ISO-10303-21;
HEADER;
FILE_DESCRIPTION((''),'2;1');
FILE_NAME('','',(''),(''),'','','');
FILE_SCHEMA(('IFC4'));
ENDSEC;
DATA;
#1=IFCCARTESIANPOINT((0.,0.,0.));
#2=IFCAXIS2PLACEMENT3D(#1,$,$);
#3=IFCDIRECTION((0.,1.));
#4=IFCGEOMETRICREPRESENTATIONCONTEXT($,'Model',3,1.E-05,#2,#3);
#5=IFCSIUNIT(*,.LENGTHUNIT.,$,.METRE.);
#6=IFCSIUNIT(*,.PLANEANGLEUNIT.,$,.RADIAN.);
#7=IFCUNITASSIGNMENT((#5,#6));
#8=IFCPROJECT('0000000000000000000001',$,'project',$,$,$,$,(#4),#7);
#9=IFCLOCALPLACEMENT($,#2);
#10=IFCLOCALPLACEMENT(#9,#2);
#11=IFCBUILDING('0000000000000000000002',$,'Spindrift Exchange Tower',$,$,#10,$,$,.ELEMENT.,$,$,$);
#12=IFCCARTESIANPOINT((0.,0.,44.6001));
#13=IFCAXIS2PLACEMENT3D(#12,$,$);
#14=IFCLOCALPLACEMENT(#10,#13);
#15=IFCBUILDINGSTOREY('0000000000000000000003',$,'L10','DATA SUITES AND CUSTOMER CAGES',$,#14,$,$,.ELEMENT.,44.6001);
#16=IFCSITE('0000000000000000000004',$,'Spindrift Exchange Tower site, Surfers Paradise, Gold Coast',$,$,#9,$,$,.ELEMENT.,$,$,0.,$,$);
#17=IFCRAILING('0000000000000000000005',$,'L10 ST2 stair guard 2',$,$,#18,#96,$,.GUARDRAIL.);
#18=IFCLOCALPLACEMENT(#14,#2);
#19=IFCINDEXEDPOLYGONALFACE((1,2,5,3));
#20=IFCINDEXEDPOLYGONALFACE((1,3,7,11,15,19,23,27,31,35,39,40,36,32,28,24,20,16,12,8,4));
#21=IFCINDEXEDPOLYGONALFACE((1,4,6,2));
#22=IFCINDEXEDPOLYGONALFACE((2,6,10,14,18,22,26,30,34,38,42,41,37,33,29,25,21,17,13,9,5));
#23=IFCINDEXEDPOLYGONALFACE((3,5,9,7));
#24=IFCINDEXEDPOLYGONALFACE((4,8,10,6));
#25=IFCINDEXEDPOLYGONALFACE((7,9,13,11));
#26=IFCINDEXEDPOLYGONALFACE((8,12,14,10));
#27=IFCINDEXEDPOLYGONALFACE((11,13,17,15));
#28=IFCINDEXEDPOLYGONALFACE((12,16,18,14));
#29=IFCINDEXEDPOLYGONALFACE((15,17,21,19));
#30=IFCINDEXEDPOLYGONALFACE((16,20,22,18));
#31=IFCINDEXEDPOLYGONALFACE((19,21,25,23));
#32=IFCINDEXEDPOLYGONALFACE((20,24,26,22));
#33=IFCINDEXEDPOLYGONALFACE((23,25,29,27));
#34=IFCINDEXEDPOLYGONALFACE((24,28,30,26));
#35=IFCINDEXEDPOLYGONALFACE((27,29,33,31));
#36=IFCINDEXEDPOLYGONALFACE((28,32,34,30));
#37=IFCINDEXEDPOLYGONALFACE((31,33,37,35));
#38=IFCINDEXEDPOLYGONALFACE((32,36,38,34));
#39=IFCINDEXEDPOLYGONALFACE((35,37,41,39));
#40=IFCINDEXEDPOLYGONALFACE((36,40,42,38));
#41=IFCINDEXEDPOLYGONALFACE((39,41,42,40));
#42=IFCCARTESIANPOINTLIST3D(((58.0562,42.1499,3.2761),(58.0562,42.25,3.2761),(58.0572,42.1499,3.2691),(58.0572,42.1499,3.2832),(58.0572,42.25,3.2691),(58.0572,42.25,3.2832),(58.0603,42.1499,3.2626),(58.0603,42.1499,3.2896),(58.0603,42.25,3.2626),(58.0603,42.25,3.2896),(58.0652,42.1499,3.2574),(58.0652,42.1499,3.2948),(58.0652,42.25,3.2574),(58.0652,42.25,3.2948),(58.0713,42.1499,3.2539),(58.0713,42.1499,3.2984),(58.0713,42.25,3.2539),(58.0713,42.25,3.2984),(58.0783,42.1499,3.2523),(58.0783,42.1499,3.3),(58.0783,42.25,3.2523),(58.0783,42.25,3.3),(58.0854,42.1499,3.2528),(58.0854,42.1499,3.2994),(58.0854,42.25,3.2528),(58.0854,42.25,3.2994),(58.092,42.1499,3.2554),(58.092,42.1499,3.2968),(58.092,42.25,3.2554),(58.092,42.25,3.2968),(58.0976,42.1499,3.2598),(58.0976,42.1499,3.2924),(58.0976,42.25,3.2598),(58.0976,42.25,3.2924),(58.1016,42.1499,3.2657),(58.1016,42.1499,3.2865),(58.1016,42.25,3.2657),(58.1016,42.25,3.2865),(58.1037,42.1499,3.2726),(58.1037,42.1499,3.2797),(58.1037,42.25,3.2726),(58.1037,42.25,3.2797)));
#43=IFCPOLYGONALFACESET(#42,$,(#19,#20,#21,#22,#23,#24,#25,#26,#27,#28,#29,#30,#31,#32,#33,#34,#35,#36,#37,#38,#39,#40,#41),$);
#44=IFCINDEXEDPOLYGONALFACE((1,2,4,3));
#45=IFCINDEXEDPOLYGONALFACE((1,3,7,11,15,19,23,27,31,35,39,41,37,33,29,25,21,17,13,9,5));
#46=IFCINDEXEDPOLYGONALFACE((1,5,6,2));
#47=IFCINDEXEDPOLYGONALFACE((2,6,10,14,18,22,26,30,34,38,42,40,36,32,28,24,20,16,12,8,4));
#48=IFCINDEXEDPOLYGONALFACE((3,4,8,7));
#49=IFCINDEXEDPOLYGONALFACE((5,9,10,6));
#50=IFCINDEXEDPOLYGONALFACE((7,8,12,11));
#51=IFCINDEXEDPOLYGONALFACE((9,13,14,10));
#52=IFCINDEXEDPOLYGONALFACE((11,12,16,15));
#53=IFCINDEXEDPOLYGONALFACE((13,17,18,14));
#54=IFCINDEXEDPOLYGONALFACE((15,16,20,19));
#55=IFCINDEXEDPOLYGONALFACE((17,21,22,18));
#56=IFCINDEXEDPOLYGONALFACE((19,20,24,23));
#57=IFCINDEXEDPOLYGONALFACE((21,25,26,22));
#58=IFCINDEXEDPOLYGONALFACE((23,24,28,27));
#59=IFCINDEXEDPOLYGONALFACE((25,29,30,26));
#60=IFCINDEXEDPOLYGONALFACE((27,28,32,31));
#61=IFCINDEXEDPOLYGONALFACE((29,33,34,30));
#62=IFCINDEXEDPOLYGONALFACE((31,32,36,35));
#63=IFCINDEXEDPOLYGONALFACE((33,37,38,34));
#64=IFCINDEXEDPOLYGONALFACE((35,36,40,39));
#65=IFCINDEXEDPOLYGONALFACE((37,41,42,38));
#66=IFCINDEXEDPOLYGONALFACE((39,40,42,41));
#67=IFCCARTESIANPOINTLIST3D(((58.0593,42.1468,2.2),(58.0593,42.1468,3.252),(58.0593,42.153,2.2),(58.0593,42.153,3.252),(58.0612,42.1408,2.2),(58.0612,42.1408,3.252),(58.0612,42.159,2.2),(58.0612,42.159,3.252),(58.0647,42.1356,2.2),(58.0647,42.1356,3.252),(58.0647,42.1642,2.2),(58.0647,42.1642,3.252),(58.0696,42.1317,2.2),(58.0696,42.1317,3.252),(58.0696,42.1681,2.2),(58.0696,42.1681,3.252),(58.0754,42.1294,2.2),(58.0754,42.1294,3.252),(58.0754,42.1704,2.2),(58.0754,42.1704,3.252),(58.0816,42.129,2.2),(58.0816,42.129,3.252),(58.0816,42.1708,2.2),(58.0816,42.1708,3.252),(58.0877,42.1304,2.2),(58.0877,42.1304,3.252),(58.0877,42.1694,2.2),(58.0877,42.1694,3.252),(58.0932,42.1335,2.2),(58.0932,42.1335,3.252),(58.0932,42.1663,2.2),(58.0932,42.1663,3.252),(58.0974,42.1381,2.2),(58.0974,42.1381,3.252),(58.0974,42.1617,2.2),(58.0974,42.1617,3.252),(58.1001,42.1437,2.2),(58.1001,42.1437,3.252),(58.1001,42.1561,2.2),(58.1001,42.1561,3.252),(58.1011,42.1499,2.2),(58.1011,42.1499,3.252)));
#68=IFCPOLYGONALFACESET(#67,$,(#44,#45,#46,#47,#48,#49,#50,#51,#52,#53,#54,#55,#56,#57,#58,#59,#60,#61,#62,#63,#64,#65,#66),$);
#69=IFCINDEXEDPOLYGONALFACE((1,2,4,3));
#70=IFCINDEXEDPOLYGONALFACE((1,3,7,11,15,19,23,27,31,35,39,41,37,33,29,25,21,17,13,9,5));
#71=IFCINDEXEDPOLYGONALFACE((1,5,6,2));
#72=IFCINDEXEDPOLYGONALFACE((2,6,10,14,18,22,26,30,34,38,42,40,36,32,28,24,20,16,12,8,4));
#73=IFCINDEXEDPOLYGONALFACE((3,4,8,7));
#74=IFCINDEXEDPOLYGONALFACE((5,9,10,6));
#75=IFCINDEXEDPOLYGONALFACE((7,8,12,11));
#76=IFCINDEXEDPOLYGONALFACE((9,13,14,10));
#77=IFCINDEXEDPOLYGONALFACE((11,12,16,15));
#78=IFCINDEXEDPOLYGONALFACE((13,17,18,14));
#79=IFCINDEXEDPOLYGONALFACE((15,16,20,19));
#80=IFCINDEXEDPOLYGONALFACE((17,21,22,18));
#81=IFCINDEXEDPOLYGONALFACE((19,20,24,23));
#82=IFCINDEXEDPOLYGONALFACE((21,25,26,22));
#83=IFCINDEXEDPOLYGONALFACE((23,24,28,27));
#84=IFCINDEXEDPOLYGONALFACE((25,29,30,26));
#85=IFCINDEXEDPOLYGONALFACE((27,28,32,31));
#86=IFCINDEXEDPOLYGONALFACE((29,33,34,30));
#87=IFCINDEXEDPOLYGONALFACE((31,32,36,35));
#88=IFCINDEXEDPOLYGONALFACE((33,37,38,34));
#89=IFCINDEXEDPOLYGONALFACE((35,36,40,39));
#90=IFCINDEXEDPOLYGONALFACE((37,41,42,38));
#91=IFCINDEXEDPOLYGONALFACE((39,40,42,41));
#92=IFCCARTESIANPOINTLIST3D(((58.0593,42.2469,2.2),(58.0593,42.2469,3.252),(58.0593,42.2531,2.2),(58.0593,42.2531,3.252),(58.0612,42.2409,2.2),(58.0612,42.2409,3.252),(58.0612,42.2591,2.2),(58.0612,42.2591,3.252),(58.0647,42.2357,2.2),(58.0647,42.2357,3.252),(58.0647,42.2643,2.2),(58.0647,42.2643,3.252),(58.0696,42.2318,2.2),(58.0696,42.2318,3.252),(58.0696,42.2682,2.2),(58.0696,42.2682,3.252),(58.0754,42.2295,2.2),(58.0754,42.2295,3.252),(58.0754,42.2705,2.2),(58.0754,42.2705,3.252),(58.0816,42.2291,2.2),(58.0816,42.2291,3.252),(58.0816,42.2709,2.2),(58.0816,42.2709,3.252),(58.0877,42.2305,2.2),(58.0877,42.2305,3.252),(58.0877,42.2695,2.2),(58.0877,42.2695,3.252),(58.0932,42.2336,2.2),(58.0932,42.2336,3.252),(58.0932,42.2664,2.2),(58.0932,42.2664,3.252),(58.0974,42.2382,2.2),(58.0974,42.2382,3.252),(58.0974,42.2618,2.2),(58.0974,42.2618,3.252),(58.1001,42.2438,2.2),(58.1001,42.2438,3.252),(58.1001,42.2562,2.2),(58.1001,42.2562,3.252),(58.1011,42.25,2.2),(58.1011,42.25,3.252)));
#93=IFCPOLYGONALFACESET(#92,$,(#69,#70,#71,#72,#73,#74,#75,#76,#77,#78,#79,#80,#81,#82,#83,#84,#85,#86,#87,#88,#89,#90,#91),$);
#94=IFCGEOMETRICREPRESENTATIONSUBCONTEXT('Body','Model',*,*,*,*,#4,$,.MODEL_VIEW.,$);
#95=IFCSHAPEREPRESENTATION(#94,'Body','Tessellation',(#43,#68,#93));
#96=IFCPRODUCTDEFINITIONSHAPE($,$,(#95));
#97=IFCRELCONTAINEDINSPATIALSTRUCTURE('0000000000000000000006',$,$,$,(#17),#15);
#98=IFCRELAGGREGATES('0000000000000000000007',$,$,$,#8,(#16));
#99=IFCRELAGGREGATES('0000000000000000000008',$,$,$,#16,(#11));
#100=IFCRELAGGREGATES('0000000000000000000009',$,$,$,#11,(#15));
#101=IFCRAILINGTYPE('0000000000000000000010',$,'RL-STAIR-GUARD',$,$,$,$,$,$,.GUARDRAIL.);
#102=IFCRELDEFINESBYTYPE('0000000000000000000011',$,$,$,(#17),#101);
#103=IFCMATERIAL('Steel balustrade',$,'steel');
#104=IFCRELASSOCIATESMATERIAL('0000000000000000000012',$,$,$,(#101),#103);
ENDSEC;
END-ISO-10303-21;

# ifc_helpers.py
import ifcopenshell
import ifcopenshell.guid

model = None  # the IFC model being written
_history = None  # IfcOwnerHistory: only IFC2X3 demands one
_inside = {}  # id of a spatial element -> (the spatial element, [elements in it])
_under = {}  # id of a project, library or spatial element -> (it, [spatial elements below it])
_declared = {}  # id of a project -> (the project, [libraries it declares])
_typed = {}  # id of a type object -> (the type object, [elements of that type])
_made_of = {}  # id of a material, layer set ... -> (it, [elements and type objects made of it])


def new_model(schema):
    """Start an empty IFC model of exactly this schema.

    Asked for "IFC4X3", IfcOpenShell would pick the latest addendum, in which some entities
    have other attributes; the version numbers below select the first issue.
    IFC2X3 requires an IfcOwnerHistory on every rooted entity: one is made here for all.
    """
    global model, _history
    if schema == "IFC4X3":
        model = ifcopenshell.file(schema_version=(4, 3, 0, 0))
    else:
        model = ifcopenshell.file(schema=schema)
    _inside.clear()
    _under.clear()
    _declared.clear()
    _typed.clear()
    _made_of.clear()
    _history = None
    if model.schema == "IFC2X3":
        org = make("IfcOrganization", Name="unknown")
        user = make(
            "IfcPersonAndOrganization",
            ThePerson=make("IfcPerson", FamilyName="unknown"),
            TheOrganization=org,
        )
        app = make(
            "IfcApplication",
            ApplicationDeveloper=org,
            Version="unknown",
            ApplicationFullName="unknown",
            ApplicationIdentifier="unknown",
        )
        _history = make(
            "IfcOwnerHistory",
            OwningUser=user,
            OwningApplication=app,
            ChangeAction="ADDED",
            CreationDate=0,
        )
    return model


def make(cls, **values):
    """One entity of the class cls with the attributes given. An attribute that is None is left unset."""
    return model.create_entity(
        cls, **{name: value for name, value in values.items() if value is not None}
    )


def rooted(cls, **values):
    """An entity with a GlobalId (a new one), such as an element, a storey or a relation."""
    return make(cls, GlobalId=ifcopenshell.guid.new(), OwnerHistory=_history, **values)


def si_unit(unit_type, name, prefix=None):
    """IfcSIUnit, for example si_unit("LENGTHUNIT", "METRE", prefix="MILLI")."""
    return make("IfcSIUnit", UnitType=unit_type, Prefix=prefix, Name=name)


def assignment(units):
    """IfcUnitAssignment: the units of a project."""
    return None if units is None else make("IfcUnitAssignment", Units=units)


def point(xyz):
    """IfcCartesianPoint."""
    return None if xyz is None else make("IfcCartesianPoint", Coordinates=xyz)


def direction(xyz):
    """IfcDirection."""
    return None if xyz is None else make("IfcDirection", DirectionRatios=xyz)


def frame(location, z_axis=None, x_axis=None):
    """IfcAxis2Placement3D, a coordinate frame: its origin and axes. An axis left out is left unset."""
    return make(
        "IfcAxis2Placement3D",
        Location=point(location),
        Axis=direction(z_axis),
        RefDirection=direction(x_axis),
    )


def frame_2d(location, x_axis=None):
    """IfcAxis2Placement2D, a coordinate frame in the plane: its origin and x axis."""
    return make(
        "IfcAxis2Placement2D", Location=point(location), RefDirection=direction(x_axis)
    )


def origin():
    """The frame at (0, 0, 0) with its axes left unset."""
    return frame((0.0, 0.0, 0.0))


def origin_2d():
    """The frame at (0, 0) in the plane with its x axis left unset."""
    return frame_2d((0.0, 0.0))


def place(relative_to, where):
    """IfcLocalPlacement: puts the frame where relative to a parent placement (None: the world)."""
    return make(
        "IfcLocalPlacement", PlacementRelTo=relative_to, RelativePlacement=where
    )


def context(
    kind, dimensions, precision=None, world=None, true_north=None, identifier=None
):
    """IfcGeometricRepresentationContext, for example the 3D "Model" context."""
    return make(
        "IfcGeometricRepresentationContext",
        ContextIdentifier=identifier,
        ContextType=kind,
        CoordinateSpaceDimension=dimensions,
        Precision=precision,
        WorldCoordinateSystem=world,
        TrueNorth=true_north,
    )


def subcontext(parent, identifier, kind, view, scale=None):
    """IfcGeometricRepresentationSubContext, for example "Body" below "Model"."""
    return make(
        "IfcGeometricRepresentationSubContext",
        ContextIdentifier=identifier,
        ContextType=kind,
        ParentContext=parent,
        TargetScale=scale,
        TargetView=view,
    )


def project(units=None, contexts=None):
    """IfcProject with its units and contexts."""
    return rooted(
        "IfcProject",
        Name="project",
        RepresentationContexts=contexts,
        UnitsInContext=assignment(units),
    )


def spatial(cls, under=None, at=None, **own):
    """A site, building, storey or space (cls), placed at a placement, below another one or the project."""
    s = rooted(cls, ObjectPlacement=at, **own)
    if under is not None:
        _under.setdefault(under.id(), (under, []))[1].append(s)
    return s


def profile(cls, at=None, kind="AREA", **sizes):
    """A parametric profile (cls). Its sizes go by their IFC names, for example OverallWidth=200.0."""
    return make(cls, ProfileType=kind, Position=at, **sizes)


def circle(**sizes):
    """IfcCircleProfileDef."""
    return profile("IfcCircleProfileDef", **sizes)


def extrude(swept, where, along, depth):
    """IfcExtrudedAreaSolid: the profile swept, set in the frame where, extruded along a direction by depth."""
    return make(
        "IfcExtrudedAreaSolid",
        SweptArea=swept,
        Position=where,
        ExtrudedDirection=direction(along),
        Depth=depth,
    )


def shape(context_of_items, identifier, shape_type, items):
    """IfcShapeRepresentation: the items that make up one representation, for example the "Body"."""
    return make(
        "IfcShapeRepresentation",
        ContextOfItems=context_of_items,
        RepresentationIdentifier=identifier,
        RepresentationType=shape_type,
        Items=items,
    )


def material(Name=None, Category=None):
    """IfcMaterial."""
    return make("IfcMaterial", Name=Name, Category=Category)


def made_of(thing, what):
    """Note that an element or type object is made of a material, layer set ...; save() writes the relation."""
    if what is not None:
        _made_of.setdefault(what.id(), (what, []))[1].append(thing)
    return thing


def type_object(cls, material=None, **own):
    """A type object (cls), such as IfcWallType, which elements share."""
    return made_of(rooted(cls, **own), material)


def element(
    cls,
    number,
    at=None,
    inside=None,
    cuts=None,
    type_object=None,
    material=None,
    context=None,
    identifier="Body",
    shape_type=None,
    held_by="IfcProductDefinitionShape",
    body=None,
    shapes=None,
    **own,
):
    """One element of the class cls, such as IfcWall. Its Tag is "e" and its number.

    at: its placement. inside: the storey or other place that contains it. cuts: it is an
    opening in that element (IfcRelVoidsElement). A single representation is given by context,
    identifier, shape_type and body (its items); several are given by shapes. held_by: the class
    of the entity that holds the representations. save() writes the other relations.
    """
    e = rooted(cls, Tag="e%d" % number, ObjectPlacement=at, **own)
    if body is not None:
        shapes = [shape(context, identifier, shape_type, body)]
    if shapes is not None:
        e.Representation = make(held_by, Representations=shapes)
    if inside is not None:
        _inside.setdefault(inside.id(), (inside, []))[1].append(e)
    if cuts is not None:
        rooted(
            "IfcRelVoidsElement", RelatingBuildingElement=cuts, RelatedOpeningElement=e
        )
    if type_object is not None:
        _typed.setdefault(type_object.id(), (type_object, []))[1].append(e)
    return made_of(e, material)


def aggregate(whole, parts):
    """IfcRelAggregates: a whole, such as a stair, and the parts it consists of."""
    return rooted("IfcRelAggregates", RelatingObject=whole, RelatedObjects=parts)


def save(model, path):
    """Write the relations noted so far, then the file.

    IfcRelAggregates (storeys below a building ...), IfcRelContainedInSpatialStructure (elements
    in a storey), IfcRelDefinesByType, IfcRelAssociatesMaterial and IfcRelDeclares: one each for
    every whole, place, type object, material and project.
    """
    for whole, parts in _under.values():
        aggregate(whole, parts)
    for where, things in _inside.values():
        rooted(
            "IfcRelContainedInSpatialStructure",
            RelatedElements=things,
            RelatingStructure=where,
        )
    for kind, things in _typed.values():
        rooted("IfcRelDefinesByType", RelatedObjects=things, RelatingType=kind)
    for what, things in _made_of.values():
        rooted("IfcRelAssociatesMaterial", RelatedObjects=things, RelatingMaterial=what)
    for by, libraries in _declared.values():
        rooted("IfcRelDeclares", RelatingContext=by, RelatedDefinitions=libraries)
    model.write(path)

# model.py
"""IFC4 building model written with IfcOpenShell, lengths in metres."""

from ifc_helpers import new_model, si_unit, direction, frame, origin, origin_2d, place, context, subcontext, project, spatial, circle, extrude, material, type_object, element, save


model = new_model("IFC4")

# Units and contexts
model_context = context("Model", 3, precision=1e-05, world=origin(), true_north=direction((0.0, 1.0)))
body_context = subcontext(model_context, "Body", "Model", "MODEL_VIEW")
ifc_project = project(units=[si_unit("LENGTHUNIT", "METRE"), si_unit("PLANEANGLEUNIT", "RADIAN")], contexts=[model_context])

# Site, building, storey
site_placement = place(None, origin())
site = spatial("IfcSite", under=ifc_project, at=site_placement, Name="Spindrift Exchange Tower site, Surfers Paradise, Gold Coast", CompositionType="ELEMENT", RefElevation=0.0)
building_placement = place(site_placement, origin())
building = spatial("IfcBuilding", under=site, at=building_placement, Name="Spindrift Exchange Tower", CompositionType="ELEMENT")
storey_placement = place(building_placement, frame((0.0, 0.0, 44.6001)))
storey = spatial("IfcBuildingStorey", under=building, at=storey_placement, Name="L10", Description="DATA SUITES AND CUSTOMER CAGES", CompositionType="ELEMENT", Elevation=44.6001)

# Railing
ifc_material_1 = material(Name="Steel balustrade", Category="steel")
railing_type_1 = type_object("IfcRailingType", Name="RL-STAIR-GUARD", PredefinedType="GUARDRAIL", material=ifc_material_1)
railing_1_placement = place(storey_placement, frame((58.0801, 42.1499, 2.2)))
element("IfcRailing", 1, at=railing_1_placement, inside=storey, type_object=railing_type_1, Name="L10 ST2 stair guard 2", PredefinedType="GUARDRAIL", context=body_context, shape_type="SweptSolid", body=[
    extrude(circle(Radius=0.0239, at=origin_2d()), frame((0.0, 0.0, 1.0762), z_axis=(0.0, 1.0, 0.0), x_axis=(-1.0, 0.0, 0.0)), (0.0, 0.0, 1.0), 0.1001),
    extrude(circle(Radius=0.021, at=origin_2d()), origin(), (0.0, 0.0, 1.0), 1.052),
    extrude(circle(Radius=0.021, at=origin_2d()), frame((0.0, 0.1001, 0.0)), (0.0, 0.0, 1.0), 1.052),
])

save(model, "model.ifc")
